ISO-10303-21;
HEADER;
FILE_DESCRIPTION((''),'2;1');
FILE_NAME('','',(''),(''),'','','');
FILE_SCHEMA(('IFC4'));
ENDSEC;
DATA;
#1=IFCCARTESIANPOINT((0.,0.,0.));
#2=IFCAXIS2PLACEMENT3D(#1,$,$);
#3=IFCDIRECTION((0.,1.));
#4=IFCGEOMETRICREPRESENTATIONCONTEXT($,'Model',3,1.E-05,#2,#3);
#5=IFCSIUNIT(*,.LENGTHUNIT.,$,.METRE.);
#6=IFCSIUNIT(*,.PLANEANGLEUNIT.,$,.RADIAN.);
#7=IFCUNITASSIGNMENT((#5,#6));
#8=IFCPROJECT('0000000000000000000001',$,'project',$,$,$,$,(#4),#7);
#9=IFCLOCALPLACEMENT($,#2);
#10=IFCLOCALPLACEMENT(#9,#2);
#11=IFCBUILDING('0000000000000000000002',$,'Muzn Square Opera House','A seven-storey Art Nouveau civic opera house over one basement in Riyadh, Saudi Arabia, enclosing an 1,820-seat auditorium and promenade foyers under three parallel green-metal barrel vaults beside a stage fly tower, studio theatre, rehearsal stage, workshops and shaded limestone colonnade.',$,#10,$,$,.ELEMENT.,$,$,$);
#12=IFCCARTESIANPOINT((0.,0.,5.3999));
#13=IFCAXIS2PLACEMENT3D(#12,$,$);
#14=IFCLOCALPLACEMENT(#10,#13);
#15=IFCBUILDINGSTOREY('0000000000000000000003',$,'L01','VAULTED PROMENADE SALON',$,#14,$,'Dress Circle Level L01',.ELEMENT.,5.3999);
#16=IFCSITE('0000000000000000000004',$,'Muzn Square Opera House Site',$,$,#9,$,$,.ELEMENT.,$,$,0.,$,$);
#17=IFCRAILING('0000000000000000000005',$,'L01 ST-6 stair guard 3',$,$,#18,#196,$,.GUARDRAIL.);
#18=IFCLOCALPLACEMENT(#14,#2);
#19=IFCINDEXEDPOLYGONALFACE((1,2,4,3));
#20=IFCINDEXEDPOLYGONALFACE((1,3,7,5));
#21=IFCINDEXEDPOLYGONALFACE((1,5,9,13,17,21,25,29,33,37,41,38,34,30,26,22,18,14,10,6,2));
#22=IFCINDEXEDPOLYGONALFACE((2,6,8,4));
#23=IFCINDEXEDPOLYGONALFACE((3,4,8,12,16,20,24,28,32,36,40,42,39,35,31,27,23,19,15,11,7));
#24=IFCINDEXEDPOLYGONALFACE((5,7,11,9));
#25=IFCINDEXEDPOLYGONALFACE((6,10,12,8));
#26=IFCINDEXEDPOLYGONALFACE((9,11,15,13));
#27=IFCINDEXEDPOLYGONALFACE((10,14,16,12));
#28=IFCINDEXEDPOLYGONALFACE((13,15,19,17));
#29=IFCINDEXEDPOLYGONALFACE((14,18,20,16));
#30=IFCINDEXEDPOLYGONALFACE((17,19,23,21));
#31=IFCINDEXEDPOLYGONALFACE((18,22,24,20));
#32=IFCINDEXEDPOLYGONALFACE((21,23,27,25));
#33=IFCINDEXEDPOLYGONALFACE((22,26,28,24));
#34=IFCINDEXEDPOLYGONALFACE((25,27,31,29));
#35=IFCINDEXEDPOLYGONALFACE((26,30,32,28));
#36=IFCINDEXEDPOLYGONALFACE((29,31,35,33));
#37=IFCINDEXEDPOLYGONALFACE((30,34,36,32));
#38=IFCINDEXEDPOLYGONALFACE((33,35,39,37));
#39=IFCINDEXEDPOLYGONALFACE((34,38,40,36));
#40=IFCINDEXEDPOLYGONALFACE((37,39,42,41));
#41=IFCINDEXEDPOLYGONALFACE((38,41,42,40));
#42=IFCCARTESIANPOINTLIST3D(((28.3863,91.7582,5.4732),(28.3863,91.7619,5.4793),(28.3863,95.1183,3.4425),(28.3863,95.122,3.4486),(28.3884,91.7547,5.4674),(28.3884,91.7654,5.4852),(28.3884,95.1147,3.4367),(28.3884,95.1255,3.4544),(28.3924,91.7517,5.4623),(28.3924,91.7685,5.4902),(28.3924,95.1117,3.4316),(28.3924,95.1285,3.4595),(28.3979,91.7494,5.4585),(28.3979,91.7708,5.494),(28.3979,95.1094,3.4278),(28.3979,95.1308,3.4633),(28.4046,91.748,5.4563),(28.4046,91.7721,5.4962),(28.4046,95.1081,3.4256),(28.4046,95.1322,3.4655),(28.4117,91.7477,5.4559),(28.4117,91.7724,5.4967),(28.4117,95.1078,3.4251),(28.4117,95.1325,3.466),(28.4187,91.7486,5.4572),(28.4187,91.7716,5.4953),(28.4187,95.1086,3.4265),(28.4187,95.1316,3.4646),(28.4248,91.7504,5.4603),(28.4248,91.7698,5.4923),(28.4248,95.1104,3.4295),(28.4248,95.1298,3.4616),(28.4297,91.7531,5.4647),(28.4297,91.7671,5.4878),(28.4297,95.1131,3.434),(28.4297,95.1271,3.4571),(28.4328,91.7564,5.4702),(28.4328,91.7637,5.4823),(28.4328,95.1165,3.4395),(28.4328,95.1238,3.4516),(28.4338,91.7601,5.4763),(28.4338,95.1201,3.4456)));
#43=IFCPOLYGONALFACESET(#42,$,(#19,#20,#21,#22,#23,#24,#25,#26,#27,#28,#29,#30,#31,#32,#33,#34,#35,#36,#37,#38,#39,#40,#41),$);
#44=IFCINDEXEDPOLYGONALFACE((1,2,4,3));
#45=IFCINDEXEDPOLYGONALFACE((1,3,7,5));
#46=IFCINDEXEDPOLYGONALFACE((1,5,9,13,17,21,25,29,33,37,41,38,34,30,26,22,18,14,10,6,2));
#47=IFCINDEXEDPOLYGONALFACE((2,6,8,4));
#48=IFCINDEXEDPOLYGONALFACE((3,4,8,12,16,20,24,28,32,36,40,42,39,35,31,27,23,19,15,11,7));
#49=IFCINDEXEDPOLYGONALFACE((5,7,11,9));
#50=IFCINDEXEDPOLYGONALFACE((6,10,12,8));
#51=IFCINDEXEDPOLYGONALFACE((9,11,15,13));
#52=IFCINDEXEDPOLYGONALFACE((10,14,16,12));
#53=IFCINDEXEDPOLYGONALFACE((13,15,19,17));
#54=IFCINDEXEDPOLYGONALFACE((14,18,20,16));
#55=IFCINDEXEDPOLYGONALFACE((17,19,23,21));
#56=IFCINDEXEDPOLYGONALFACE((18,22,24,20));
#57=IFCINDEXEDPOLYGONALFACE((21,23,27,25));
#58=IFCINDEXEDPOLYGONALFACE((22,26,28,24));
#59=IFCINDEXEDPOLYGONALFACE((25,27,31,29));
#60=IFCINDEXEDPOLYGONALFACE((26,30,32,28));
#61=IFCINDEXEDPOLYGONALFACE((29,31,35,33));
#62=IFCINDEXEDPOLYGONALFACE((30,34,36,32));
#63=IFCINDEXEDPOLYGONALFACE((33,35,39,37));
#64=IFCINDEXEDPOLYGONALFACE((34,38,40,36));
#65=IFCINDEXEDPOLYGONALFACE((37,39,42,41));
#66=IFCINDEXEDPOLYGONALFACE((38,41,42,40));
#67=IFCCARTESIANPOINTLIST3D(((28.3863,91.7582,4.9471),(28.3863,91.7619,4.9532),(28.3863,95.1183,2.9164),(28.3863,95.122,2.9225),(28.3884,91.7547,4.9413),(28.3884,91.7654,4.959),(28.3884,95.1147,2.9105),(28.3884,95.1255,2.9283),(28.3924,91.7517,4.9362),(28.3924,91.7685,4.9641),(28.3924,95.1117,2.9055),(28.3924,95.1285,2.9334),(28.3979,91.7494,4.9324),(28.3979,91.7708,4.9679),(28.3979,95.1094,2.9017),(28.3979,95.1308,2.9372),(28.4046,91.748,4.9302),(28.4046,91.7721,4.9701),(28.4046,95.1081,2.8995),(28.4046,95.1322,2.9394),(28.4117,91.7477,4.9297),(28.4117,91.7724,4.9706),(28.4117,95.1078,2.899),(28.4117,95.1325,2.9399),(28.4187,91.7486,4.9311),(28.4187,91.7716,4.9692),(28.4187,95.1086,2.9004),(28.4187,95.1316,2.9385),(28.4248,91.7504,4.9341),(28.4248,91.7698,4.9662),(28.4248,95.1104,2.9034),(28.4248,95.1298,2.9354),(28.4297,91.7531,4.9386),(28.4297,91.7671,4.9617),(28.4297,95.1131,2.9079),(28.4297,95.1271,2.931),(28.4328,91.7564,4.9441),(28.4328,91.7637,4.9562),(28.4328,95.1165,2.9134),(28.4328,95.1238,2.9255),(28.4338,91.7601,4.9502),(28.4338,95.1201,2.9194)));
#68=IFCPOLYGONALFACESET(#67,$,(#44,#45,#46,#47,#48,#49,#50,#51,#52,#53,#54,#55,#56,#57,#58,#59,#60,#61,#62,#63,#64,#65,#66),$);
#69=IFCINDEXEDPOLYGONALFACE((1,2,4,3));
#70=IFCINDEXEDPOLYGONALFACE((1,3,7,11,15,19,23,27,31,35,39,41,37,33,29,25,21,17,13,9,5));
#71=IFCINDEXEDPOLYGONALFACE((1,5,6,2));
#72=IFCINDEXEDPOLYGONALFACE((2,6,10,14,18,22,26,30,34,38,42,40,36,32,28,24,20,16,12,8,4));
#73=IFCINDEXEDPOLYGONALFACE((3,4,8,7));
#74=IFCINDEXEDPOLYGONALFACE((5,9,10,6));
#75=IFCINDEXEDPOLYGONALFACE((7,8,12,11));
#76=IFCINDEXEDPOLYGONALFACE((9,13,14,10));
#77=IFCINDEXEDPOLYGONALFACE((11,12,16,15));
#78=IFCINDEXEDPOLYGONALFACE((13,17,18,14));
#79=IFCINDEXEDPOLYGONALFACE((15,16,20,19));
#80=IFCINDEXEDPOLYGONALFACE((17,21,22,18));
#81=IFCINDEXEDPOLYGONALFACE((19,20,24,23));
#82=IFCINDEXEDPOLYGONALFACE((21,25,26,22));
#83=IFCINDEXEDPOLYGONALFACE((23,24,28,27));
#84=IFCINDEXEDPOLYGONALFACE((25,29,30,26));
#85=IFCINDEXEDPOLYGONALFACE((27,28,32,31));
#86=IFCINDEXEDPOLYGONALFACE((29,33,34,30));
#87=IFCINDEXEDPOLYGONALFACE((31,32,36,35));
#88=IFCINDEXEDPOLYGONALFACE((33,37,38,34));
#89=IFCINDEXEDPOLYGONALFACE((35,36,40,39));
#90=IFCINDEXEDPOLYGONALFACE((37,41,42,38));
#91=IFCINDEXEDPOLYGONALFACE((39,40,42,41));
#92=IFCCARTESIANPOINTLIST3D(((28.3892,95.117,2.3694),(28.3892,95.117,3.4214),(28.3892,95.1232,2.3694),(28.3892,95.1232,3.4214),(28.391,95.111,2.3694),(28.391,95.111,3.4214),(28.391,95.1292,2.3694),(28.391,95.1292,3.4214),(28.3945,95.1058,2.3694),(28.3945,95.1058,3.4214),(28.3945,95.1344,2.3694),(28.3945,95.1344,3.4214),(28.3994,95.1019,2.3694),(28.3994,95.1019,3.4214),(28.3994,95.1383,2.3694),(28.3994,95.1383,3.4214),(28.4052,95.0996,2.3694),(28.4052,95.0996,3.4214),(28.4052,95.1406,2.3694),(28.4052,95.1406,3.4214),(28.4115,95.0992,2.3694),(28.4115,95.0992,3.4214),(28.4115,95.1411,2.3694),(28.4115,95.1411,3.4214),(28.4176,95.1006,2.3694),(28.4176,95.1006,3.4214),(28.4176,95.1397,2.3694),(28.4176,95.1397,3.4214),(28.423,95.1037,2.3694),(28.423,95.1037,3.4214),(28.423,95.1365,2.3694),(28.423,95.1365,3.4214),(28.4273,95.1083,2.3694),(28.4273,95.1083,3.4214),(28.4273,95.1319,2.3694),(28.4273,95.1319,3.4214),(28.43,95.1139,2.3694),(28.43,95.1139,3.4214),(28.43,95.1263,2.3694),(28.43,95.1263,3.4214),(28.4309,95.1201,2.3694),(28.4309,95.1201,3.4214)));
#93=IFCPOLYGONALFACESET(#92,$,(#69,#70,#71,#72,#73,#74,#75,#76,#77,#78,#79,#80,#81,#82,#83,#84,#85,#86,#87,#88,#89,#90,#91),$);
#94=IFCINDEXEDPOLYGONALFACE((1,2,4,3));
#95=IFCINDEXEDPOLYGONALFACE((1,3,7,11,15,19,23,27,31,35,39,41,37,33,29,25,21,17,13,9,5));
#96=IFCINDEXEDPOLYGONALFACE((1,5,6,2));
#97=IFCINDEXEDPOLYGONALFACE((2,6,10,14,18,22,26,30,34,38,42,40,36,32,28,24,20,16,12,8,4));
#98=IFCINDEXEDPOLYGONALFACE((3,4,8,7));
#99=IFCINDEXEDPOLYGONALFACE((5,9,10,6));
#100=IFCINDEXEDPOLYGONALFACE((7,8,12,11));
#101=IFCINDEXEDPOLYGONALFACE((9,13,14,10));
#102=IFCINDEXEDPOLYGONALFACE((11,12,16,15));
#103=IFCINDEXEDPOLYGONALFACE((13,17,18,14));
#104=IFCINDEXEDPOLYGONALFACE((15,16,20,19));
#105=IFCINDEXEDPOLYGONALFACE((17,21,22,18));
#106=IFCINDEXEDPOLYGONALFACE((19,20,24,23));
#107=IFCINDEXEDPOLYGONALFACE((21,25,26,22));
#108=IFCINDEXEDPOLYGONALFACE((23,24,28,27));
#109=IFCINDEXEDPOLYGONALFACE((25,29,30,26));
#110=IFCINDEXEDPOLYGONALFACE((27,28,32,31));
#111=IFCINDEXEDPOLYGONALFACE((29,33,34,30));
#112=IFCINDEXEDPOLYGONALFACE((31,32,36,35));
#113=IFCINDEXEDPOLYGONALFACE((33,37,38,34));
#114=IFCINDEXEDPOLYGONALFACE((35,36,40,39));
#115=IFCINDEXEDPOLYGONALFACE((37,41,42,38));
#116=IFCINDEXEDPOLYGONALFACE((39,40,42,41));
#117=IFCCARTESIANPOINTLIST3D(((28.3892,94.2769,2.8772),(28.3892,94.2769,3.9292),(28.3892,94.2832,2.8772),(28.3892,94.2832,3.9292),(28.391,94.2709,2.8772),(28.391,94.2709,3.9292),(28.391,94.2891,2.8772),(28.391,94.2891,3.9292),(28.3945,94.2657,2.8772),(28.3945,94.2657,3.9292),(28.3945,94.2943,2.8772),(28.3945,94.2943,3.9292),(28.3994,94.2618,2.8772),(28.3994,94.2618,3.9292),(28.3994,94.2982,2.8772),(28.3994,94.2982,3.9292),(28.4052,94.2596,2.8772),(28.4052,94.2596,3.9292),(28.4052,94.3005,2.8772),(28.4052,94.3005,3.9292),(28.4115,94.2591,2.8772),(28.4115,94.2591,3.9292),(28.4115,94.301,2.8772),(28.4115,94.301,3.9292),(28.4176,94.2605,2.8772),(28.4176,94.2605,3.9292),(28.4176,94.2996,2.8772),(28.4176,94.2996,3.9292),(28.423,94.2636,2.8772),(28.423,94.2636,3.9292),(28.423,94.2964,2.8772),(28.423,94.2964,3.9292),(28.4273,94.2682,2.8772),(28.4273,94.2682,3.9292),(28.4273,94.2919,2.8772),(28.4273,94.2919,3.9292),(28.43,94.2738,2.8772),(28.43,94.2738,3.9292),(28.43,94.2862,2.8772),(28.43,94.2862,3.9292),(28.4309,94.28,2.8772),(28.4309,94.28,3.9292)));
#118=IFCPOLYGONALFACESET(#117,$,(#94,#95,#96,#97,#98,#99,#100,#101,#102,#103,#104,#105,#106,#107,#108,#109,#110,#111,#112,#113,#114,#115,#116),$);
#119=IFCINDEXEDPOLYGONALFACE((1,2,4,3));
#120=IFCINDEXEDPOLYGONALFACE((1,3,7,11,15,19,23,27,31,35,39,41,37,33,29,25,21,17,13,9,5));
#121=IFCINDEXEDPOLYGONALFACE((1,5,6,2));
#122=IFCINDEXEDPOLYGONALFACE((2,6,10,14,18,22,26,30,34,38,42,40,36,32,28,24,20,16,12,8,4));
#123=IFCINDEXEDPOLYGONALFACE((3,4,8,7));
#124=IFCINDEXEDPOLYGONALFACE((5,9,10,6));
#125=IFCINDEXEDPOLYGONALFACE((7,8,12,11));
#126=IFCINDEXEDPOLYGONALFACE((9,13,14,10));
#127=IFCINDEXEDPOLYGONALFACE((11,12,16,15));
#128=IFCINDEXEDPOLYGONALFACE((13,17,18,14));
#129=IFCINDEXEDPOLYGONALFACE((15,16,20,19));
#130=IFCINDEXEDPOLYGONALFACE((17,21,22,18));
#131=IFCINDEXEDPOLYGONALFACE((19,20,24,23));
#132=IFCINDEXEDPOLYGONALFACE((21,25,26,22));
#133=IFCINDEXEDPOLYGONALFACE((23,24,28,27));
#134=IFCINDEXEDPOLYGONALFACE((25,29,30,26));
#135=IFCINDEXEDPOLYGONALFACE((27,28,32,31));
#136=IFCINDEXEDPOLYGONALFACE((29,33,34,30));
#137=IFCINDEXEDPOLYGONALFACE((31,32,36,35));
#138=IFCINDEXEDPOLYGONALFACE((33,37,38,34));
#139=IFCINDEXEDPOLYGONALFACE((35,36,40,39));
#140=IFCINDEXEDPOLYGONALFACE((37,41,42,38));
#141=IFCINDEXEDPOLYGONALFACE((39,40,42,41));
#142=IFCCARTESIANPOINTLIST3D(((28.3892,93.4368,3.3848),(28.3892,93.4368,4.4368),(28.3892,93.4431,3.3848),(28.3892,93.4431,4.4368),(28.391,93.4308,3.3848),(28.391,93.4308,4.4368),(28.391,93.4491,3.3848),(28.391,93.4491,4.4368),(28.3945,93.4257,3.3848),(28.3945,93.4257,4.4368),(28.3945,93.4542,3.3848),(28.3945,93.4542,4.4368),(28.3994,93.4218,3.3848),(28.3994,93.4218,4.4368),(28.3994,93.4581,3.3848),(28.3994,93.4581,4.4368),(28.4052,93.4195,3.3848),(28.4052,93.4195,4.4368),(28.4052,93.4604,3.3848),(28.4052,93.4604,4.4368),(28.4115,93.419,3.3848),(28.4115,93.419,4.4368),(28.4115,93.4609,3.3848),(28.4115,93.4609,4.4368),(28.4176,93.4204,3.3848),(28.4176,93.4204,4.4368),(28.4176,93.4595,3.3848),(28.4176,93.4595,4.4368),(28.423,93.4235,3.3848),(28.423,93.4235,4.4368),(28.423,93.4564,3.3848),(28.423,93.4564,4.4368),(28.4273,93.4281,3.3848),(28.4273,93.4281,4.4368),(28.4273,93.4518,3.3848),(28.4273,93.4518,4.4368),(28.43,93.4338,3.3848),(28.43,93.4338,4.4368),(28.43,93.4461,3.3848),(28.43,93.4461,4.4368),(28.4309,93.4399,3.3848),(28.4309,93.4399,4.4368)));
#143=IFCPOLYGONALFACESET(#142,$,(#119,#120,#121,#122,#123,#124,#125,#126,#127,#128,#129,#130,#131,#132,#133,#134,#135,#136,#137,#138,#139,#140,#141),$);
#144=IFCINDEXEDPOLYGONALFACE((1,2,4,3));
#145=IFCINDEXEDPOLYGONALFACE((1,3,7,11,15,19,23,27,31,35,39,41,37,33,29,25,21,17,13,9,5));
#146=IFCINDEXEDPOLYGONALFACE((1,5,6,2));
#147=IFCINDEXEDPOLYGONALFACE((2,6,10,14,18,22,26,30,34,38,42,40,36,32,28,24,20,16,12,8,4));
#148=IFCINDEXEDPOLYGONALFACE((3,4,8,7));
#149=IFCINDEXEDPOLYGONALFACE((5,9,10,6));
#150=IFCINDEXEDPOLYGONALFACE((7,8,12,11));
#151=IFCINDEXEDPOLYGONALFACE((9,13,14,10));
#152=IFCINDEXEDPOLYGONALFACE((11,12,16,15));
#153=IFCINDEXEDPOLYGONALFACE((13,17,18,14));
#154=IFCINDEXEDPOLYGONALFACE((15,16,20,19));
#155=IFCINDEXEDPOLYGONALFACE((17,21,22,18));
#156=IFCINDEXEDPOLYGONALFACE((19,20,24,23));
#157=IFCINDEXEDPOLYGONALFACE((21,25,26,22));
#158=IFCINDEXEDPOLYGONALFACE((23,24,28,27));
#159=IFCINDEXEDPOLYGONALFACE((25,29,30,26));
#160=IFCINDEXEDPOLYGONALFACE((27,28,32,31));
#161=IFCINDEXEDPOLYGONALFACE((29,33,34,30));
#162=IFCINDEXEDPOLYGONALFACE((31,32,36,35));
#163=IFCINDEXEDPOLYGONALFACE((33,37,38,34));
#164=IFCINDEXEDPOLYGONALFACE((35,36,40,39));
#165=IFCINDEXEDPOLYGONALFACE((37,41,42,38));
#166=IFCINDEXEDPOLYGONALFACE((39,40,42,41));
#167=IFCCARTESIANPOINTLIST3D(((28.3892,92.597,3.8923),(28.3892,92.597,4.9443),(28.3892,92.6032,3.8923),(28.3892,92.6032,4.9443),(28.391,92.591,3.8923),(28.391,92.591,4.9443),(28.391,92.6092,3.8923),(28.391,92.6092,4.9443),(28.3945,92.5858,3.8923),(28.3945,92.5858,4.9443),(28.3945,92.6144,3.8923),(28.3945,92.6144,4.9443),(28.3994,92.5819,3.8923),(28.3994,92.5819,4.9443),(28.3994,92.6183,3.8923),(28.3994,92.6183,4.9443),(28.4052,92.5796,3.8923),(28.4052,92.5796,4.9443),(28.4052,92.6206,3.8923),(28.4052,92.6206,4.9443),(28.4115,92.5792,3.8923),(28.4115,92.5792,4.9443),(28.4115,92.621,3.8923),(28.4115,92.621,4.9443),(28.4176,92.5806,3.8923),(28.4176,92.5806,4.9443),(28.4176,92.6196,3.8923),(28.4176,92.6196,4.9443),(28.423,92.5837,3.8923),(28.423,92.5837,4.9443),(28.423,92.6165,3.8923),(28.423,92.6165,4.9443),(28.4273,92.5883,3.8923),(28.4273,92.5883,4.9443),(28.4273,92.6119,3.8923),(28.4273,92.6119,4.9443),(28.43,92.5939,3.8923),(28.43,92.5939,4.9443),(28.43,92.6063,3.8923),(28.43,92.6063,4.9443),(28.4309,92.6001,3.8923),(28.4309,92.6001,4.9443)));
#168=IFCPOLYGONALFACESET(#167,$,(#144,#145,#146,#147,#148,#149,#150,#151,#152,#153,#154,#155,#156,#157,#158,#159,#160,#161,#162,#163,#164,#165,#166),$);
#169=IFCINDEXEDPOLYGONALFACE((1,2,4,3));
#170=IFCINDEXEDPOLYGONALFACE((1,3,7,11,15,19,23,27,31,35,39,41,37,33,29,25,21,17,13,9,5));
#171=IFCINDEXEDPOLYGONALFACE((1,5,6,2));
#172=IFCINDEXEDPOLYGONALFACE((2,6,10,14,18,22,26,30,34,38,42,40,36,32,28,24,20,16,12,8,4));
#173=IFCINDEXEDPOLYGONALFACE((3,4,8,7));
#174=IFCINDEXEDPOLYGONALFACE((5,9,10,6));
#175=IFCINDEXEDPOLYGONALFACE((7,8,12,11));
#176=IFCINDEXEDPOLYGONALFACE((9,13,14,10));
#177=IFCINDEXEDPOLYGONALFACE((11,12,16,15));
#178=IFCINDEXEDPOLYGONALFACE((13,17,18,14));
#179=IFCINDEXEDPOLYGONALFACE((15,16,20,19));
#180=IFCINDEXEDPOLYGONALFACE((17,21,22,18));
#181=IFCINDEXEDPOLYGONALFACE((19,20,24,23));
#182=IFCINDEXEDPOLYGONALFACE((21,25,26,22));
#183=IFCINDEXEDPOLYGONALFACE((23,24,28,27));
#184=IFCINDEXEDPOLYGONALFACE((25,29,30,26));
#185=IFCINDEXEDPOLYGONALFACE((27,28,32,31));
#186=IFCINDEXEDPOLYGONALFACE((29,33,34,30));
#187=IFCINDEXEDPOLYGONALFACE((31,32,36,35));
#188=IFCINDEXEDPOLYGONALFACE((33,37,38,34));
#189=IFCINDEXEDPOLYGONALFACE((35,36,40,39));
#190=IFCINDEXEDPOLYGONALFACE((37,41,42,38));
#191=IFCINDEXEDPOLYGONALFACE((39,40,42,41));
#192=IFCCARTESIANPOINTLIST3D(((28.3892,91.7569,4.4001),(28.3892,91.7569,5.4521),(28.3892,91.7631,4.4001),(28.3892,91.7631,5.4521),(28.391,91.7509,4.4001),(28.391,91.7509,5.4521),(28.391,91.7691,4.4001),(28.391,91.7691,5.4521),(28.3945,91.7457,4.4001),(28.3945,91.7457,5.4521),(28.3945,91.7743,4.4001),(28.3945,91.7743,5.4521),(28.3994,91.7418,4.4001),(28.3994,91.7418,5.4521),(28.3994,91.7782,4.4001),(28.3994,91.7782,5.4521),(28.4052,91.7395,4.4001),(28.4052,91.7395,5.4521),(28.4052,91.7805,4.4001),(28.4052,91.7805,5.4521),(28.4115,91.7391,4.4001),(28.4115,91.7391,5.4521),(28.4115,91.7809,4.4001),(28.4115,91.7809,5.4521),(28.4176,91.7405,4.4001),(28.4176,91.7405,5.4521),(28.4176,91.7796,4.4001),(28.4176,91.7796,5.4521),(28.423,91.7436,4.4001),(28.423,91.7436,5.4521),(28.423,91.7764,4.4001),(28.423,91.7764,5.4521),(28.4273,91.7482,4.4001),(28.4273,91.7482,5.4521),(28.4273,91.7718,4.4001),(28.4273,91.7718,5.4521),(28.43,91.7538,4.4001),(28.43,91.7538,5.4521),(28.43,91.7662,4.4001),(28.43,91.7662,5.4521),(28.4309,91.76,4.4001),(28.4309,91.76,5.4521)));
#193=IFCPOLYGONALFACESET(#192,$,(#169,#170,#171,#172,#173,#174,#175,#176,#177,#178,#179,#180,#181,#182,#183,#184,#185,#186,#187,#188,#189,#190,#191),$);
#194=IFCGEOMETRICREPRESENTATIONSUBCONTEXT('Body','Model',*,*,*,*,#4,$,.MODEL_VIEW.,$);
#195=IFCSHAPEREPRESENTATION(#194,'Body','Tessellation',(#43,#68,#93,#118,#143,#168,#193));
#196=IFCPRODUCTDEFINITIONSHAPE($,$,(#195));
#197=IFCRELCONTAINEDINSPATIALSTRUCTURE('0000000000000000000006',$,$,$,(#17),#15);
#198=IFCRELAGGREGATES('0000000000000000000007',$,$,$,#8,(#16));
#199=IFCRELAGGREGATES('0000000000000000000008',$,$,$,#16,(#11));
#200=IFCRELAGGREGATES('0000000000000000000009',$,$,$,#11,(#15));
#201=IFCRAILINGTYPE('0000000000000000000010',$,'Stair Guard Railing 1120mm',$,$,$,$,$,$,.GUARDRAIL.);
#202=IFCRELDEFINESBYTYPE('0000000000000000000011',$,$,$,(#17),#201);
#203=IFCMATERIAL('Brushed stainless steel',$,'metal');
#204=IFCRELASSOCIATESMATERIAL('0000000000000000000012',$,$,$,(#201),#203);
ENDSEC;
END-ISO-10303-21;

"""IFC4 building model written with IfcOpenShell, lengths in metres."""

from ifc_helpers import new_model, si_unit, direction, frame, origin, origin_2d, place, context, subcontext, project, spatial, circle, extrude, material, type_object, element, save


model = new_model("IFC4")

# Units and contexts
model_context = context("Model", 3, precision=1e-05, world=origin(), true_north=direction((0.0, 1.0)))
body_context = subcontext(model_context, "Body", "Model", "MODEL_VIEW")
ifc_project = project(units=[si_unit("LENGTHUNIT", "METRE"), si_unit("PLANEANGLEUNIT", "RADIAN")], contexts=[model_context])

# Site, building, storey
site_placement = place(None, origin())
site = spatial("IfcSite", under=ifc_project, at=site_placement, Name="Muzn Square Opera House Site", CompositionType="ELEMENT", RefElevation=0.0)
building_placement = place(site_placement, origin())
building = spatial("IfcBuilding", under=site, at=building_placement, Name="Muzn Square Opera House", Description="A seven-storey Art Nouveau civic opera house over one basement in Riyadh, Saudi Arabia, enclosing an 1,820-seat auditorium and promenade foyers under three parallel green-metal barrel vaults beside a stage fly tower, studio theatre, rehearsal stage, workshops and shaded limestone colonnade.", CompositionType="ELEMENT")
storey_placement = place(building_placement, frame((0.0, 0.0, 5.3999)))
storey = spatial("IfcBuildingStorey", under=building, at=storey_placement, Name="L01", Description="VAULTED PROMENADE SALON", LongName="Dress Circle Level L01", CompositionType="ELEMENT", Elevation=5.3999)

# Railing
ifc_material_1 = material(Name="Brushed stainless steel", Category="metal")
railing_type_1 = type_object("IfcRailingType", Name="Stair Guard Railing 1120mm", PredefinedType="GUARDRAIL", material=ifc_material_1)
railing_1_placement = place(storey_placement, frame((28.4099, 95.1201, 2.3694)))
element("IfcRailing", 1, at=railing_1_placement, inside=storey, type_object=railing_type_1, Name="L01 ST-6 stair guard 3", PredefinedType="GUARDRAIL", context=body_context, shape_type="SweptSolid", body=[
    extrude(circle(Radius=0.0239, at=origin_2d()), frame((0.0, 0.0, 1.0762), z_axis=(0.0, -0.855837, 0.517246), x_axis=(1.0, 0.0, 0.0)), (0.0, 0.0, 1.0), 3.926),
    extrude(circle(Radius=0.0239, at=origin_2d()), frame((0.0, 0.0, 0.55), z_axis=(0.0, -0.855837, 0.517246), x_axis=(1.0, 0.0, 0.0)), (0.0, 0.0, 1.0), 3.926),
    extrude(circle(Radius=0.021, at=origin_2d()), origin(), (0.0, 0.0, 1.0), 1.052),
    extrude(circle(Radius=0.021, at=origin_2d()), frame((0.0, -0.8401, 0.5078)), (0.0, 0.0, 1.0), 1.052),
    extrude(circle(Radius=0.021, at=origin_2d()), frame((0.0, -1.6802, 1.0154)), (0.0, 0.0, 1.0), 1.052),
    extrude(circle(Radius=0.021, at=origin_2d()), frame((0.0, -2.52, 1.5229)), (0.0, 0.0, 1.0), 1.052),
    extrude(circle(Radius=0.021, at=origin_2d()), frame((0.0, -3.3601, 2.0308)), (0.0, 0.0, 1.0), 1.052),
])

save(model, "model.ifc")
